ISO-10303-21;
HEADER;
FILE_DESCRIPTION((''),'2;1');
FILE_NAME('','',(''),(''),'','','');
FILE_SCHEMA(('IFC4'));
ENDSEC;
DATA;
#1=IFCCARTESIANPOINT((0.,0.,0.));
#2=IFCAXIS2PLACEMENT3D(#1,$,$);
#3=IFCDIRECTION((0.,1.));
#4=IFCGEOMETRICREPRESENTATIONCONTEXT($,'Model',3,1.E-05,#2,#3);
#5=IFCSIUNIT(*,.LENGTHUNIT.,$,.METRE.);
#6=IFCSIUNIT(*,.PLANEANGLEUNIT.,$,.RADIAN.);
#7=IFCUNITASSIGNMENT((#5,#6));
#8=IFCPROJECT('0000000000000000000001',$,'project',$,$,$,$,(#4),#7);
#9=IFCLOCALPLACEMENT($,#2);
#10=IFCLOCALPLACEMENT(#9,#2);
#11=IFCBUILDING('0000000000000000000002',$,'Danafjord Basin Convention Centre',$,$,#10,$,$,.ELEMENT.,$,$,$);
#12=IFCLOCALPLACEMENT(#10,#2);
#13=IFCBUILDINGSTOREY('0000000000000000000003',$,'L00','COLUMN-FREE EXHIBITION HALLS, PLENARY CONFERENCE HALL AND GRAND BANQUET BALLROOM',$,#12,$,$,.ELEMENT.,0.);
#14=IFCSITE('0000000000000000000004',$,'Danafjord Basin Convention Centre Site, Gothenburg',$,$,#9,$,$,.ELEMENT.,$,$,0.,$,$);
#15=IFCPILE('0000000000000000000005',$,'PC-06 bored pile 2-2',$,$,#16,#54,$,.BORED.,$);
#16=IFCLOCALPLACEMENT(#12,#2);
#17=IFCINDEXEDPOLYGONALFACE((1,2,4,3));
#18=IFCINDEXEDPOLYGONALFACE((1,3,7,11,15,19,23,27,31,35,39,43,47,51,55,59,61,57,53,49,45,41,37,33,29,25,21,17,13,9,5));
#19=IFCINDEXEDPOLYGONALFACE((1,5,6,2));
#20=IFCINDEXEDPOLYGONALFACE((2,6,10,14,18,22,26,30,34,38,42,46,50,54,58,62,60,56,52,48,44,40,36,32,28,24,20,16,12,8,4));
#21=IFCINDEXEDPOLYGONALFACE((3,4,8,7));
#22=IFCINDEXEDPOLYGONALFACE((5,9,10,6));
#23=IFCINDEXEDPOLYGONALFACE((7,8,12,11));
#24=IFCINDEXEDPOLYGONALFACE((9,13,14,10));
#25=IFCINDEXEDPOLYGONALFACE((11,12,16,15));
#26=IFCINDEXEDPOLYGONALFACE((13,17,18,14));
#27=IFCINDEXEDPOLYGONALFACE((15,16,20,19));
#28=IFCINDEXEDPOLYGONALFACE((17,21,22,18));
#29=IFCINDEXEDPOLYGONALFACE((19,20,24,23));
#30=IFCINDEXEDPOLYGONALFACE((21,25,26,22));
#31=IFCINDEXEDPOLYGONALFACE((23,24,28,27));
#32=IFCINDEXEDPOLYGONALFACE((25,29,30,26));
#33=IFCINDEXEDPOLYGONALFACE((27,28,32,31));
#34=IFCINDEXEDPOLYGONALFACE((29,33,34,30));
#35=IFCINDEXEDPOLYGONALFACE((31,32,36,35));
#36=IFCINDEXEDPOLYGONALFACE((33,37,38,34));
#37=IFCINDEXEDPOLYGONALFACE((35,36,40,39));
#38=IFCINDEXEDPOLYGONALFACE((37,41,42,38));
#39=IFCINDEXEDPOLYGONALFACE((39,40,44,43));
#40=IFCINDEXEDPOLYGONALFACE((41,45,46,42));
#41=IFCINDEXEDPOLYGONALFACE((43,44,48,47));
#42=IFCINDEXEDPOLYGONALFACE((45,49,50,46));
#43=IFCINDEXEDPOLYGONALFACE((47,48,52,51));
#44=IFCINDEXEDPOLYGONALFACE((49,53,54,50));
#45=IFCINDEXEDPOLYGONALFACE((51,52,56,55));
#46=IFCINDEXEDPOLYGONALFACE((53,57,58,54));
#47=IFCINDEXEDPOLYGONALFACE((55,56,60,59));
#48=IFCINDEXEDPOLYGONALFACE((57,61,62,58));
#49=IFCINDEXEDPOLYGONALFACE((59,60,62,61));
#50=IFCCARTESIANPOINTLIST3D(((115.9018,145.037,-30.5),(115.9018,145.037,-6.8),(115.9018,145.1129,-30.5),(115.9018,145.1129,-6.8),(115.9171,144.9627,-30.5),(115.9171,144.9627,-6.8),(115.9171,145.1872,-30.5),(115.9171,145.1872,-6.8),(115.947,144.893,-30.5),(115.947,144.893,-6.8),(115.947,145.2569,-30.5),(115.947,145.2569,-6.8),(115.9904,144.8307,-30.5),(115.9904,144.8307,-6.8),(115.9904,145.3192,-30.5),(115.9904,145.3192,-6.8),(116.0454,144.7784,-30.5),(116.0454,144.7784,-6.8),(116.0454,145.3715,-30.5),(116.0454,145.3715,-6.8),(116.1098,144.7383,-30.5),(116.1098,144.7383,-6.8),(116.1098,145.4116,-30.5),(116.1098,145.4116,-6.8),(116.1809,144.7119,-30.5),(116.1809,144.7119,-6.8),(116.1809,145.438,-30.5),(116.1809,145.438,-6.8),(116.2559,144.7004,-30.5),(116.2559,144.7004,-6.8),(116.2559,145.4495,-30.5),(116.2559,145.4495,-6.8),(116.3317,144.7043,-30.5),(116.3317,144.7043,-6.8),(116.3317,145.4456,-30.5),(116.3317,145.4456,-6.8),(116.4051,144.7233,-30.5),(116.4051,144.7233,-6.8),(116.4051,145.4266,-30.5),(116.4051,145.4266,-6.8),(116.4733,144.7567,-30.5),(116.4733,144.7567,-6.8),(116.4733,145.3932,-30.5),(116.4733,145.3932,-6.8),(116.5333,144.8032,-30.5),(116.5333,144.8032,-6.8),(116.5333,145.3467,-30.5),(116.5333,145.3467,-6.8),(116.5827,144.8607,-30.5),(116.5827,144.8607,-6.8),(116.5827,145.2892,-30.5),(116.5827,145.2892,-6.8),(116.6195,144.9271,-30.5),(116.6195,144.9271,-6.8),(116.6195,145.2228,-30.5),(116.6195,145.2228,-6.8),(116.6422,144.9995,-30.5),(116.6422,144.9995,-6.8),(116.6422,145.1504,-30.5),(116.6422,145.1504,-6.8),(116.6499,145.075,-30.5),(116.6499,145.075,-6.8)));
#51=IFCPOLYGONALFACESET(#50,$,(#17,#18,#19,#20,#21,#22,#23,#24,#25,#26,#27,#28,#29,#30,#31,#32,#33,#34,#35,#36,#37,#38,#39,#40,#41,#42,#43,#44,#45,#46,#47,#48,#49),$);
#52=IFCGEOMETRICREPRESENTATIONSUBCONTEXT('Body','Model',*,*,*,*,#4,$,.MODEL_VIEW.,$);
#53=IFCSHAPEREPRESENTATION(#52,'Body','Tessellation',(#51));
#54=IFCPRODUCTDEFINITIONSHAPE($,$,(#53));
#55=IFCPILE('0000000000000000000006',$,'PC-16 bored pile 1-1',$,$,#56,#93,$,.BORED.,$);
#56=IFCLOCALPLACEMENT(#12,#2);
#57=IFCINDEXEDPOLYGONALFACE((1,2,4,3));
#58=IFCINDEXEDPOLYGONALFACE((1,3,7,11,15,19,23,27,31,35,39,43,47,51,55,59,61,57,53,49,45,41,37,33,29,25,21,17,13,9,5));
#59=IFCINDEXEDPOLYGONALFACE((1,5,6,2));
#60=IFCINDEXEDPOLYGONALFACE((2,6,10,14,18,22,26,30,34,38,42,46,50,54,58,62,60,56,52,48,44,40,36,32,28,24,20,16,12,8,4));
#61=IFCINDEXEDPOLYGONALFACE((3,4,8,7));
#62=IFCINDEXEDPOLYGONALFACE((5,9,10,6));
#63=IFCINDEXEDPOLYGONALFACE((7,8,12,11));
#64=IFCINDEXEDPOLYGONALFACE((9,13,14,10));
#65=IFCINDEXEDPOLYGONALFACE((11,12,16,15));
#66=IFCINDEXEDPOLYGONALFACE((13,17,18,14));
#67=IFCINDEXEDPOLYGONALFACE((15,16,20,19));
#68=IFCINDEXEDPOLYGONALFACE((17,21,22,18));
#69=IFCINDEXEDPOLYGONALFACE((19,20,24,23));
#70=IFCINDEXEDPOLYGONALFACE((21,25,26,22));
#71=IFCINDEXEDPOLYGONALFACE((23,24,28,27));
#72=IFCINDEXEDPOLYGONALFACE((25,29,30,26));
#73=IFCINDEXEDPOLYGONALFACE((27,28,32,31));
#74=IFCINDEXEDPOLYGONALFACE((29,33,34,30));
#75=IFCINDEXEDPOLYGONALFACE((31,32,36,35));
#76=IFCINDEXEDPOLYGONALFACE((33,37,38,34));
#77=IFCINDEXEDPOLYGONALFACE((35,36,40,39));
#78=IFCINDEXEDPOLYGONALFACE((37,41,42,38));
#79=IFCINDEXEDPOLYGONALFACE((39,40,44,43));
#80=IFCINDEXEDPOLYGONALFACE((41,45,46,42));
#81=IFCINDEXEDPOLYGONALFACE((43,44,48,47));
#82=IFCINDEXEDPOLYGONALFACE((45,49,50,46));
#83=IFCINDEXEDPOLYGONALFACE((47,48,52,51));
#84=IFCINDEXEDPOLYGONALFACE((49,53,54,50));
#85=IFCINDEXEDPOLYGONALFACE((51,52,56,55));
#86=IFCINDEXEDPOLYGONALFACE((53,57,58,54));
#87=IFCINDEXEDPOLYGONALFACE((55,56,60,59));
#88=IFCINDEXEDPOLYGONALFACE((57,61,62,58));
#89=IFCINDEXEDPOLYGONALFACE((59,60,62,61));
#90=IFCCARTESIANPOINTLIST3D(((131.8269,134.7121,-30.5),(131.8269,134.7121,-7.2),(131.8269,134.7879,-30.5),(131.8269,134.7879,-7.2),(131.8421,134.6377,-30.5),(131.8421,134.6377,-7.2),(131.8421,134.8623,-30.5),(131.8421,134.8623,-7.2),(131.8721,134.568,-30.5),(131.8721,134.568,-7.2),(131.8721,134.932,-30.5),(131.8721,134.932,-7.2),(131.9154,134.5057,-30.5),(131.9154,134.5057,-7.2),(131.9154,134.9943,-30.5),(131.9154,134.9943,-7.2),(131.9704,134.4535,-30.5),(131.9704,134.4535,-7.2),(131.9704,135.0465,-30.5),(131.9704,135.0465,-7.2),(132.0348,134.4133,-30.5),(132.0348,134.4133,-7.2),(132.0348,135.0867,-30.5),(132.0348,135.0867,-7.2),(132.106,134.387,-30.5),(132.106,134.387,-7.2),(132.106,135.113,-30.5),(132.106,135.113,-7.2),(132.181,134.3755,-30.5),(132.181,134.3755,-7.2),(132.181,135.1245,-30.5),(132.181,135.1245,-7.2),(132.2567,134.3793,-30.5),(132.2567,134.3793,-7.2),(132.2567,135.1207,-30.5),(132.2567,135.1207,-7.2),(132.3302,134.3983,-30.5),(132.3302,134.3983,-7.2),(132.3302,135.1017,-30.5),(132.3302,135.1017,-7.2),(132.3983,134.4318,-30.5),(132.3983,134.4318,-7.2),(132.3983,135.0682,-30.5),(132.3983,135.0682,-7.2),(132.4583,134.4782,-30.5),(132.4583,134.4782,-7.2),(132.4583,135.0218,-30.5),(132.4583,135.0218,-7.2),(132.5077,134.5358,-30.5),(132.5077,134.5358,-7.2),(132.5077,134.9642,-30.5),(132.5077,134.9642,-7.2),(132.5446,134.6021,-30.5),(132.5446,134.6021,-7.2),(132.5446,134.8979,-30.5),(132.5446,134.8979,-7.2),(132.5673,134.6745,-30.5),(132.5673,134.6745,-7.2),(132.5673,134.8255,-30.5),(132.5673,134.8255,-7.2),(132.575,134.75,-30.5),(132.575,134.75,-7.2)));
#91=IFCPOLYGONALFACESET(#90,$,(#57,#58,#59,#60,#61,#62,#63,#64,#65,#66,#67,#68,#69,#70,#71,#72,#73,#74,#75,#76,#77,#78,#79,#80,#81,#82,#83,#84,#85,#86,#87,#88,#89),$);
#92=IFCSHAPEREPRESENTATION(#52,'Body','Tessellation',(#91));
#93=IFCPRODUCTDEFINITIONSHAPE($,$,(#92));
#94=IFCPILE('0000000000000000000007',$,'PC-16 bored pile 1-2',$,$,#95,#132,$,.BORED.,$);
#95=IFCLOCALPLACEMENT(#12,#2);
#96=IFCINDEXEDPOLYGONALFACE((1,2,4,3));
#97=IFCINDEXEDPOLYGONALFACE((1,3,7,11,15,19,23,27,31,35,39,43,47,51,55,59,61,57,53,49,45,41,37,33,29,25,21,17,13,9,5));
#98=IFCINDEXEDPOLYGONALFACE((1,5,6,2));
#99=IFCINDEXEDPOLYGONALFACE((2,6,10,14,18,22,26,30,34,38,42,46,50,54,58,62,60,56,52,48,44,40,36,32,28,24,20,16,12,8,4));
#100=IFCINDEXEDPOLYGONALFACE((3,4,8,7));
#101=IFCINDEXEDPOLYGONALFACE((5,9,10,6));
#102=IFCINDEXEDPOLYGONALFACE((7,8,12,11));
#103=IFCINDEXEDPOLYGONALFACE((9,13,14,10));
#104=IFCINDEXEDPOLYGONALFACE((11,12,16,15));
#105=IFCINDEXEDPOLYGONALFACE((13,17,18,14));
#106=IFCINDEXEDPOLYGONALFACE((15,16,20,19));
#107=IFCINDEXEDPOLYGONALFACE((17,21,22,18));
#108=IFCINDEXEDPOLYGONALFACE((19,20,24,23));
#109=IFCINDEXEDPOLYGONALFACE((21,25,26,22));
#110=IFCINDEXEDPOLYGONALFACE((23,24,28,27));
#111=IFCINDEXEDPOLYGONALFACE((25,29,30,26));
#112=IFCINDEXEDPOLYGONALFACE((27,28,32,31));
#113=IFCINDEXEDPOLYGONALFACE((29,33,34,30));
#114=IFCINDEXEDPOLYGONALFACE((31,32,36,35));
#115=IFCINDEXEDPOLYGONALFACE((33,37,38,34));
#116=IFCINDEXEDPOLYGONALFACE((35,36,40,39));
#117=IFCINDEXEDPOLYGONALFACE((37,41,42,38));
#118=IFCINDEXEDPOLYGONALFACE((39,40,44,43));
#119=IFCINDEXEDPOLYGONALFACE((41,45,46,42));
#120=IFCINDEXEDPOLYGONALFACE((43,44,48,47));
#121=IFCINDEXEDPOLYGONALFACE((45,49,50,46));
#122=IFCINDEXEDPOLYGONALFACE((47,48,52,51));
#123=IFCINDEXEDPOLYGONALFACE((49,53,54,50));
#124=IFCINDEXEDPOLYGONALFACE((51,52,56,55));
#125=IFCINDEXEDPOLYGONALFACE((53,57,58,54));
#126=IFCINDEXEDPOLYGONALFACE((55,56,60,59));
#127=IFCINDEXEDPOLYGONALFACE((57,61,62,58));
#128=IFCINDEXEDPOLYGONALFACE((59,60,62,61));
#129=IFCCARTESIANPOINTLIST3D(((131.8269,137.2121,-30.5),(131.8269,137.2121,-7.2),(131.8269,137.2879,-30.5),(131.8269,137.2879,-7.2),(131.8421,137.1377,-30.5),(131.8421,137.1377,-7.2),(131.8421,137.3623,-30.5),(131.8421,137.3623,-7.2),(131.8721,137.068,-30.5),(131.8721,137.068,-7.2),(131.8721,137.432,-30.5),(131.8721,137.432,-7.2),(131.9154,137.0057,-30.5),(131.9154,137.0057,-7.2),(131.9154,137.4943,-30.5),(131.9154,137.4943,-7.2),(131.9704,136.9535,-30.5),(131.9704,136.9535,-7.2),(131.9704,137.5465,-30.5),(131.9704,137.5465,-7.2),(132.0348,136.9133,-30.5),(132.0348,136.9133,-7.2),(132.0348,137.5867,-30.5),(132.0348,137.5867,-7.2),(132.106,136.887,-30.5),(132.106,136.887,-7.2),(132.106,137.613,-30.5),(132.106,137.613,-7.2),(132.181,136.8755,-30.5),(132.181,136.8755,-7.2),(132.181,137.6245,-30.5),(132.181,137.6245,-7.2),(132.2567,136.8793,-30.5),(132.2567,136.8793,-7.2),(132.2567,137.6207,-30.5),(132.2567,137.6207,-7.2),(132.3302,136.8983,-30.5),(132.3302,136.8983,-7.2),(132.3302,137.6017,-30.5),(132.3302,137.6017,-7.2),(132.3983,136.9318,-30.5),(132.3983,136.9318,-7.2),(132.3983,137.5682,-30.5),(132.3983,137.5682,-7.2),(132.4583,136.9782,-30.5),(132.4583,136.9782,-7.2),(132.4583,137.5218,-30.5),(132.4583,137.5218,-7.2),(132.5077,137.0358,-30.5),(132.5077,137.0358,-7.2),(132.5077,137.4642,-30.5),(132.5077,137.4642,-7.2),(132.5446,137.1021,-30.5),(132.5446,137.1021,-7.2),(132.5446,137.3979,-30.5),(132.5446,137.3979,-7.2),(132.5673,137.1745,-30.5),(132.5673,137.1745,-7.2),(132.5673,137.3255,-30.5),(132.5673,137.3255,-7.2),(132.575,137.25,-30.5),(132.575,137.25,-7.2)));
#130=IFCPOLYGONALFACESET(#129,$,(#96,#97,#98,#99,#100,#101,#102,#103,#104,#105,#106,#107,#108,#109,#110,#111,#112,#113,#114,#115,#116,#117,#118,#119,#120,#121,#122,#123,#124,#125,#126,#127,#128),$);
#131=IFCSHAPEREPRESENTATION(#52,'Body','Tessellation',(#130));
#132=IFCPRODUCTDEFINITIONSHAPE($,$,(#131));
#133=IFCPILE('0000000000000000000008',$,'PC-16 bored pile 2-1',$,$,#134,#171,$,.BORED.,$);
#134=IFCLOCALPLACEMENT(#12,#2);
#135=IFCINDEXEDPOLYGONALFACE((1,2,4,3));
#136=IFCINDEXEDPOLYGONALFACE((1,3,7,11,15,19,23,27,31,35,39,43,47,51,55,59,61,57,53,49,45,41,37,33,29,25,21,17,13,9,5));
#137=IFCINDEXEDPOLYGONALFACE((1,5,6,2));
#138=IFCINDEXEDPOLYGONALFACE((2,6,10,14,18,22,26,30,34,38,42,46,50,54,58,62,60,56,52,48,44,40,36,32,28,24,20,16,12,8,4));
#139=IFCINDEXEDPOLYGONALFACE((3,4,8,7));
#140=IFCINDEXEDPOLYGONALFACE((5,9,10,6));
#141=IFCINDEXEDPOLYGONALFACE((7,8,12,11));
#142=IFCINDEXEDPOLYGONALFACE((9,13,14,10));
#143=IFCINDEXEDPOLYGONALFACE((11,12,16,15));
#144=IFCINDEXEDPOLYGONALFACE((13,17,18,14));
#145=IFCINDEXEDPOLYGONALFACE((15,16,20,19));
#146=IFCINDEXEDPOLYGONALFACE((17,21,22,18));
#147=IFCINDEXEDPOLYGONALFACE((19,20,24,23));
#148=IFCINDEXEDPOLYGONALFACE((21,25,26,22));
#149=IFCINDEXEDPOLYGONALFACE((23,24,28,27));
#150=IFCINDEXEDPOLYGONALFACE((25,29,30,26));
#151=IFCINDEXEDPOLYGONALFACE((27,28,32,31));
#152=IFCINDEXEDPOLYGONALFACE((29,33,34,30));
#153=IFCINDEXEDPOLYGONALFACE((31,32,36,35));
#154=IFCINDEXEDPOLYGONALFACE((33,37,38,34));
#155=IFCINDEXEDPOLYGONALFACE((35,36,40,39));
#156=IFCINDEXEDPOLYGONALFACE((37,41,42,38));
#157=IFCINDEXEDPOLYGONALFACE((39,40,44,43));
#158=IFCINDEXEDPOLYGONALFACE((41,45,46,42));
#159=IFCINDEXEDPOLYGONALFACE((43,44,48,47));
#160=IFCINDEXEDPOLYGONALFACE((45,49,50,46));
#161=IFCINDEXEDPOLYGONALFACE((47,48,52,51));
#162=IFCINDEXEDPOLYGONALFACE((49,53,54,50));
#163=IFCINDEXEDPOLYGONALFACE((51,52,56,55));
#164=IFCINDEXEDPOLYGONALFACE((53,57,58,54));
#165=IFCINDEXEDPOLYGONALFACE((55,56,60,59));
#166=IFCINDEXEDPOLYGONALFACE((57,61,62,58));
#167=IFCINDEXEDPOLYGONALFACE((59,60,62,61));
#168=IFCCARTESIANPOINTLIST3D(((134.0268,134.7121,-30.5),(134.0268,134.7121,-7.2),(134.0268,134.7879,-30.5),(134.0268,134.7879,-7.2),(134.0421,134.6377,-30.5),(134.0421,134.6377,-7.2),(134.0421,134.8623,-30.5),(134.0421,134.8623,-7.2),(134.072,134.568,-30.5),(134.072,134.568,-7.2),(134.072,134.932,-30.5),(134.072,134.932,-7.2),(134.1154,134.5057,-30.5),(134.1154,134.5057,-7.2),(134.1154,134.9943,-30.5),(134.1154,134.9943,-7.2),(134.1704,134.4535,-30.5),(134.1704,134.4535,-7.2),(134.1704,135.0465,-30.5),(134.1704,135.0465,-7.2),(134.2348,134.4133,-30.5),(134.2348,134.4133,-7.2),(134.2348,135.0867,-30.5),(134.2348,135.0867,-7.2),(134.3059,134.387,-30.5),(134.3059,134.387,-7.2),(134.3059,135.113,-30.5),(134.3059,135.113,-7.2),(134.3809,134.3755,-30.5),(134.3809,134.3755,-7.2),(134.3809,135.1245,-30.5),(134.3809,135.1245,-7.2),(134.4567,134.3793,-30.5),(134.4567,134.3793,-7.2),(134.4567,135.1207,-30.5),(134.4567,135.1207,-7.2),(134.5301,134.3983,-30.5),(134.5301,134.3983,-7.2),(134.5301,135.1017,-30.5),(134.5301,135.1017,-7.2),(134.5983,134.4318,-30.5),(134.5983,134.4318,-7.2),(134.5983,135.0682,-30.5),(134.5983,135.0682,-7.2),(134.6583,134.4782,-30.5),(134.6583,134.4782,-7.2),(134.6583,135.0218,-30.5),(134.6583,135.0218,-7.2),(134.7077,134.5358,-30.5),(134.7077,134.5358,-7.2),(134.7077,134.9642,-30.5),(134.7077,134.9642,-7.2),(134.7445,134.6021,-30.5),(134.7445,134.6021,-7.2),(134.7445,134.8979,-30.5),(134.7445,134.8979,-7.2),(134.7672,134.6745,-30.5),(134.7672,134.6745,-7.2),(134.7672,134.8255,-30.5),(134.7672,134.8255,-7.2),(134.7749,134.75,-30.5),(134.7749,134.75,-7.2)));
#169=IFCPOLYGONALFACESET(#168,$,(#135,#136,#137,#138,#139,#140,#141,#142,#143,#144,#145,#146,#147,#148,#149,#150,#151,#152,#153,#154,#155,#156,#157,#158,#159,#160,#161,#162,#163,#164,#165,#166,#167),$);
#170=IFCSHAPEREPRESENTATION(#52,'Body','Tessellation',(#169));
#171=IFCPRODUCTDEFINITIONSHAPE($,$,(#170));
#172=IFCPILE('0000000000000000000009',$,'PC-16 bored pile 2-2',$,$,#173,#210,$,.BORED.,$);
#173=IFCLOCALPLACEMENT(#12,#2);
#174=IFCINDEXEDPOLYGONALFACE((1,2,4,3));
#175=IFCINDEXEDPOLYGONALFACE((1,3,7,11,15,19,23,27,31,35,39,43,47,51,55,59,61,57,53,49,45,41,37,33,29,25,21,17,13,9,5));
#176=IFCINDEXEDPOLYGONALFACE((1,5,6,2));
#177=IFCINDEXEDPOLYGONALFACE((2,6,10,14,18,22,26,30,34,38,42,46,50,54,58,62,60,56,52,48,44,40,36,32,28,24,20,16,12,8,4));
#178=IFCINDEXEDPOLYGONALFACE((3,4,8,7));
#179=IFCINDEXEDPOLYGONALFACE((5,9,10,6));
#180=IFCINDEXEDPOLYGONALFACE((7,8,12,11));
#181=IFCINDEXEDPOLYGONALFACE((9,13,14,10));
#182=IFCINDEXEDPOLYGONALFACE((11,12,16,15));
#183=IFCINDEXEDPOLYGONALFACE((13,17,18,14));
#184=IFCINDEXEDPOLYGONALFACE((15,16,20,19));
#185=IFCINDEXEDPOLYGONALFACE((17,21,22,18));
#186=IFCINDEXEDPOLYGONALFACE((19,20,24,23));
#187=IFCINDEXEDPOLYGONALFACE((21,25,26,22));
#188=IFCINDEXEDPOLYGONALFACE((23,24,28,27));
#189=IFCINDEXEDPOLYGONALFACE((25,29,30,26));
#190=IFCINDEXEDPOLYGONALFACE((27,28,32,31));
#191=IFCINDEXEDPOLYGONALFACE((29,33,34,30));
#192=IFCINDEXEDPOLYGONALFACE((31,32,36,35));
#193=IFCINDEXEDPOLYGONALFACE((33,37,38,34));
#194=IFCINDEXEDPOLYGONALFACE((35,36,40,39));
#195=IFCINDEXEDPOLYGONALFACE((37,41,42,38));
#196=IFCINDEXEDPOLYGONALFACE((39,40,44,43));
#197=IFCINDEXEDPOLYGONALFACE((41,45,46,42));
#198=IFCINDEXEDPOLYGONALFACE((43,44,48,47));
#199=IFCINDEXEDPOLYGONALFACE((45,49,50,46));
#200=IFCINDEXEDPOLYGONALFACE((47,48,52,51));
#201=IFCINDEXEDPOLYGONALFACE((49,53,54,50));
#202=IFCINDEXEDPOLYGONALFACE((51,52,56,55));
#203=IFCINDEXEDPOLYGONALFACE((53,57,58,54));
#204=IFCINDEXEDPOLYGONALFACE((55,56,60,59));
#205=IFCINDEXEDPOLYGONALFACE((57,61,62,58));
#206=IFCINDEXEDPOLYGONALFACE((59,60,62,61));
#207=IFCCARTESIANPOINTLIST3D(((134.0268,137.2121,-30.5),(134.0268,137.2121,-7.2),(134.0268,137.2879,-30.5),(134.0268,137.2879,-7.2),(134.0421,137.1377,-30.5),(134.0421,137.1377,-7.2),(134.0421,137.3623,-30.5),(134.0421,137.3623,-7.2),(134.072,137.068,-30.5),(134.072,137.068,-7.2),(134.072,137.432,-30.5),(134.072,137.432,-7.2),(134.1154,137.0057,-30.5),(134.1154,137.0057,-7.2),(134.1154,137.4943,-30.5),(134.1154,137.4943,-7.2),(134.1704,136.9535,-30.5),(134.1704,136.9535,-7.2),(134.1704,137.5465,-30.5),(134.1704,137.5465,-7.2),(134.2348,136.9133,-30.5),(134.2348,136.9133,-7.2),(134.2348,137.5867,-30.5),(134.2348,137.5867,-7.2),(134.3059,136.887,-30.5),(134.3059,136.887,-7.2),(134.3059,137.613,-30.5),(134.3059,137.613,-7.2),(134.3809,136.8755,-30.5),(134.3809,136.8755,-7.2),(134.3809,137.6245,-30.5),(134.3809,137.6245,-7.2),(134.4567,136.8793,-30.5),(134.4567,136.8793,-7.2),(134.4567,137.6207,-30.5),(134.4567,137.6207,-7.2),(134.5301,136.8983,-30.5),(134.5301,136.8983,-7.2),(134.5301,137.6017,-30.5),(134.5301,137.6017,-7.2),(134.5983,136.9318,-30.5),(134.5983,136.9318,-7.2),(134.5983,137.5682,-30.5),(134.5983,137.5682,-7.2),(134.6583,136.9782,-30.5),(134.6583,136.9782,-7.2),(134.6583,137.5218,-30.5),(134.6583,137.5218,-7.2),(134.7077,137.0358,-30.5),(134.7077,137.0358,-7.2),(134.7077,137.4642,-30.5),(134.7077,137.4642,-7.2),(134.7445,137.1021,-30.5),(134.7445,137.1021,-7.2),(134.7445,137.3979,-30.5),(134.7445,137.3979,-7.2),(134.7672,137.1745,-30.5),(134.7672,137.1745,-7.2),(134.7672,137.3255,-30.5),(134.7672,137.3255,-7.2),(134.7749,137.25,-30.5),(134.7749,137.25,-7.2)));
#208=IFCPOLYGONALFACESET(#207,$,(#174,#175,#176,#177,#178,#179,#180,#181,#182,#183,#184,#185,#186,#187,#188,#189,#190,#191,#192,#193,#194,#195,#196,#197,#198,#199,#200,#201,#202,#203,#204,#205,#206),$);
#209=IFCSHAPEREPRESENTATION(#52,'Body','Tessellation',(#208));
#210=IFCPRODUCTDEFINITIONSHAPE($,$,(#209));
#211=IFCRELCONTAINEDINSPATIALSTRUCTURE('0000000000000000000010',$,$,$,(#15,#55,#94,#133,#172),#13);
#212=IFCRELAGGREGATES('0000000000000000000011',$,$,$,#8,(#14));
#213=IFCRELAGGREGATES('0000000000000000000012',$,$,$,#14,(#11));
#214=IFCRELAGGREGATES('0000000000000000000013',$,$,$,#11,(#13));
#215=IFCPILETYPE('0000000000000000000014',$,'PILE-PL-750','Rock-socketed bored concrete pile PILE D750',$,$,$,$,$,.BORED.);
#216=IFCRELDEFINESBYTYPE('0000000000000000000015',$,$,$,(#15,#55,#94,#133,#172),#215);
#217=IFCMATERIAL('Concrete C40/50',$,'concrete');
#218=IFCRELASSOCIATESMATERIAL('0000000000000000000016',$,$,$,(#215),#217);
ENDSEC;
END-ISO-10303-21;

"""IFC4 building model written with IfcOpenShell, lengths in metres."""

from ifc_helpers import new_model, si_unit, direction, frame, origin, origin_2d, place, context, subcontext, project, spatial, circle, extrude, material, material_profile, profile_set, type_object, element, save


model = new_model("IFC4")

# Units and contexts
model_context = context("Model", 3, precision=1e-05, world=origin(), true_north=direction((0.0, 1.0)))
body_context = subcontext(model_context, "Body", "Model", "MODEL_VIEW")
ifc_project = project(units=[si_unit("LENGTHUNIT", "METRE"), si_unit("PLANEANGLEUNIT", "RADIAN")], contexts=[model_context])

# Site, building, storey
site_placement = place(None, origin())
site = spatial("IfcSite", under=ifc_project, at=site_placement, Name="Danafjord Basin Convention Centre Site, Gothenburg", CompositionType="ELEMENT", RefElevation=0.0)
building_placement = place(site_placement, origin())
building = spatial("IfcBuilding", under=site, at=building_placement, Name="Danafjord Basin Convention Centre", CompositionType="ELEMENT")
storey_placement = place(building_placement, origin())
storey = spatial("IfcBuildingStorey", under=building, at=storey_placement, Name="L00", Description="COLUMN-FREE EXHIBITION HALLS, PLENARY CONFERENCE HALL AND GRAND BANQUET BALLROOM", CompositionType="ELEMENT", Elevation=0.0)

# Shared definitions
ifc_material_1 = material(Name="Concrete C40/50", Category="concrete")

# Piles
ifc_material_profile_1 = material_profile(ifc_material_1, circle(Radius=0.375, at=origin_2d()), Name="PILE D750")
ifc_profile_set_1 = profile_set([ifc_material_profile_1], Name="Concrete C40/50")
pile_type_1 = type_object("IfcPileType", Name="PILE-PL-750", Description="Rock-socketed bored concrete pile PILE D750", PredefinedType="BORED", material=ifc_profile_set_1)
for number, where, z_axis, x_axis, name in (
    (1, (116.2749, 145.075, -6.8), (0.0, 0.0, -1.0), (1.0, 0.0, 0.0), "PC-06 bored pile 2-2"),
):
    element("IfcPile", number, at=place(storey_placement, frame(where, z_axis=z_axis, x_axis=x_axis)), inside=storey, type_object=pile_type_1, Name=name, PredefinedType="BORED", context=body_context, shape_type="SweptSolid", body=[
        extrude(circle(Radius=0.375, at=origin_2d()), origin(), (0.0, 0.0, 1.0), 23.7),
    ])
for number, where, z_axis, x_axis, name in (
    (2, (132.2, 134.75, -7.2), (0.0, 0.0, -1.0), (1.0, 0.0, 0.0), "PC-16 bored pile 1-1"),
    (3, (132.2, 137.25, -7.2), (0.0, 0.0, -1.0), (1.0, 0.0, 0.0), "PC-16 bored pile 1-2"),
    (4, (134.3999, 134.75, -7.2), (0.0, 0.0, -1.0), (1.0, 0.0, 0.0), "PC-16 bored pile 2-1"),
    (5, (134.3999, 137.25, -7.2), (0.0, 0.0, -1.0), (1.0, 0.0, 0.0), "PC-16 bored pile 2-2"),
):
    element("IfcPile", number, at=place(storey_placement, frame(where, z_axis=z_axis, x_axis=x_axis)), inside=storey, type_object=pile_type_1, Name=name, PredefinedType="BORED", context=body_context, shape_type="SweptSolid", body=[
        extrude(circle(Radius=0.375, at=origin_2d()), origin(), (0.0, 0.0, 1.0), 23.3),
    ])

save(model, "model.ifc")
